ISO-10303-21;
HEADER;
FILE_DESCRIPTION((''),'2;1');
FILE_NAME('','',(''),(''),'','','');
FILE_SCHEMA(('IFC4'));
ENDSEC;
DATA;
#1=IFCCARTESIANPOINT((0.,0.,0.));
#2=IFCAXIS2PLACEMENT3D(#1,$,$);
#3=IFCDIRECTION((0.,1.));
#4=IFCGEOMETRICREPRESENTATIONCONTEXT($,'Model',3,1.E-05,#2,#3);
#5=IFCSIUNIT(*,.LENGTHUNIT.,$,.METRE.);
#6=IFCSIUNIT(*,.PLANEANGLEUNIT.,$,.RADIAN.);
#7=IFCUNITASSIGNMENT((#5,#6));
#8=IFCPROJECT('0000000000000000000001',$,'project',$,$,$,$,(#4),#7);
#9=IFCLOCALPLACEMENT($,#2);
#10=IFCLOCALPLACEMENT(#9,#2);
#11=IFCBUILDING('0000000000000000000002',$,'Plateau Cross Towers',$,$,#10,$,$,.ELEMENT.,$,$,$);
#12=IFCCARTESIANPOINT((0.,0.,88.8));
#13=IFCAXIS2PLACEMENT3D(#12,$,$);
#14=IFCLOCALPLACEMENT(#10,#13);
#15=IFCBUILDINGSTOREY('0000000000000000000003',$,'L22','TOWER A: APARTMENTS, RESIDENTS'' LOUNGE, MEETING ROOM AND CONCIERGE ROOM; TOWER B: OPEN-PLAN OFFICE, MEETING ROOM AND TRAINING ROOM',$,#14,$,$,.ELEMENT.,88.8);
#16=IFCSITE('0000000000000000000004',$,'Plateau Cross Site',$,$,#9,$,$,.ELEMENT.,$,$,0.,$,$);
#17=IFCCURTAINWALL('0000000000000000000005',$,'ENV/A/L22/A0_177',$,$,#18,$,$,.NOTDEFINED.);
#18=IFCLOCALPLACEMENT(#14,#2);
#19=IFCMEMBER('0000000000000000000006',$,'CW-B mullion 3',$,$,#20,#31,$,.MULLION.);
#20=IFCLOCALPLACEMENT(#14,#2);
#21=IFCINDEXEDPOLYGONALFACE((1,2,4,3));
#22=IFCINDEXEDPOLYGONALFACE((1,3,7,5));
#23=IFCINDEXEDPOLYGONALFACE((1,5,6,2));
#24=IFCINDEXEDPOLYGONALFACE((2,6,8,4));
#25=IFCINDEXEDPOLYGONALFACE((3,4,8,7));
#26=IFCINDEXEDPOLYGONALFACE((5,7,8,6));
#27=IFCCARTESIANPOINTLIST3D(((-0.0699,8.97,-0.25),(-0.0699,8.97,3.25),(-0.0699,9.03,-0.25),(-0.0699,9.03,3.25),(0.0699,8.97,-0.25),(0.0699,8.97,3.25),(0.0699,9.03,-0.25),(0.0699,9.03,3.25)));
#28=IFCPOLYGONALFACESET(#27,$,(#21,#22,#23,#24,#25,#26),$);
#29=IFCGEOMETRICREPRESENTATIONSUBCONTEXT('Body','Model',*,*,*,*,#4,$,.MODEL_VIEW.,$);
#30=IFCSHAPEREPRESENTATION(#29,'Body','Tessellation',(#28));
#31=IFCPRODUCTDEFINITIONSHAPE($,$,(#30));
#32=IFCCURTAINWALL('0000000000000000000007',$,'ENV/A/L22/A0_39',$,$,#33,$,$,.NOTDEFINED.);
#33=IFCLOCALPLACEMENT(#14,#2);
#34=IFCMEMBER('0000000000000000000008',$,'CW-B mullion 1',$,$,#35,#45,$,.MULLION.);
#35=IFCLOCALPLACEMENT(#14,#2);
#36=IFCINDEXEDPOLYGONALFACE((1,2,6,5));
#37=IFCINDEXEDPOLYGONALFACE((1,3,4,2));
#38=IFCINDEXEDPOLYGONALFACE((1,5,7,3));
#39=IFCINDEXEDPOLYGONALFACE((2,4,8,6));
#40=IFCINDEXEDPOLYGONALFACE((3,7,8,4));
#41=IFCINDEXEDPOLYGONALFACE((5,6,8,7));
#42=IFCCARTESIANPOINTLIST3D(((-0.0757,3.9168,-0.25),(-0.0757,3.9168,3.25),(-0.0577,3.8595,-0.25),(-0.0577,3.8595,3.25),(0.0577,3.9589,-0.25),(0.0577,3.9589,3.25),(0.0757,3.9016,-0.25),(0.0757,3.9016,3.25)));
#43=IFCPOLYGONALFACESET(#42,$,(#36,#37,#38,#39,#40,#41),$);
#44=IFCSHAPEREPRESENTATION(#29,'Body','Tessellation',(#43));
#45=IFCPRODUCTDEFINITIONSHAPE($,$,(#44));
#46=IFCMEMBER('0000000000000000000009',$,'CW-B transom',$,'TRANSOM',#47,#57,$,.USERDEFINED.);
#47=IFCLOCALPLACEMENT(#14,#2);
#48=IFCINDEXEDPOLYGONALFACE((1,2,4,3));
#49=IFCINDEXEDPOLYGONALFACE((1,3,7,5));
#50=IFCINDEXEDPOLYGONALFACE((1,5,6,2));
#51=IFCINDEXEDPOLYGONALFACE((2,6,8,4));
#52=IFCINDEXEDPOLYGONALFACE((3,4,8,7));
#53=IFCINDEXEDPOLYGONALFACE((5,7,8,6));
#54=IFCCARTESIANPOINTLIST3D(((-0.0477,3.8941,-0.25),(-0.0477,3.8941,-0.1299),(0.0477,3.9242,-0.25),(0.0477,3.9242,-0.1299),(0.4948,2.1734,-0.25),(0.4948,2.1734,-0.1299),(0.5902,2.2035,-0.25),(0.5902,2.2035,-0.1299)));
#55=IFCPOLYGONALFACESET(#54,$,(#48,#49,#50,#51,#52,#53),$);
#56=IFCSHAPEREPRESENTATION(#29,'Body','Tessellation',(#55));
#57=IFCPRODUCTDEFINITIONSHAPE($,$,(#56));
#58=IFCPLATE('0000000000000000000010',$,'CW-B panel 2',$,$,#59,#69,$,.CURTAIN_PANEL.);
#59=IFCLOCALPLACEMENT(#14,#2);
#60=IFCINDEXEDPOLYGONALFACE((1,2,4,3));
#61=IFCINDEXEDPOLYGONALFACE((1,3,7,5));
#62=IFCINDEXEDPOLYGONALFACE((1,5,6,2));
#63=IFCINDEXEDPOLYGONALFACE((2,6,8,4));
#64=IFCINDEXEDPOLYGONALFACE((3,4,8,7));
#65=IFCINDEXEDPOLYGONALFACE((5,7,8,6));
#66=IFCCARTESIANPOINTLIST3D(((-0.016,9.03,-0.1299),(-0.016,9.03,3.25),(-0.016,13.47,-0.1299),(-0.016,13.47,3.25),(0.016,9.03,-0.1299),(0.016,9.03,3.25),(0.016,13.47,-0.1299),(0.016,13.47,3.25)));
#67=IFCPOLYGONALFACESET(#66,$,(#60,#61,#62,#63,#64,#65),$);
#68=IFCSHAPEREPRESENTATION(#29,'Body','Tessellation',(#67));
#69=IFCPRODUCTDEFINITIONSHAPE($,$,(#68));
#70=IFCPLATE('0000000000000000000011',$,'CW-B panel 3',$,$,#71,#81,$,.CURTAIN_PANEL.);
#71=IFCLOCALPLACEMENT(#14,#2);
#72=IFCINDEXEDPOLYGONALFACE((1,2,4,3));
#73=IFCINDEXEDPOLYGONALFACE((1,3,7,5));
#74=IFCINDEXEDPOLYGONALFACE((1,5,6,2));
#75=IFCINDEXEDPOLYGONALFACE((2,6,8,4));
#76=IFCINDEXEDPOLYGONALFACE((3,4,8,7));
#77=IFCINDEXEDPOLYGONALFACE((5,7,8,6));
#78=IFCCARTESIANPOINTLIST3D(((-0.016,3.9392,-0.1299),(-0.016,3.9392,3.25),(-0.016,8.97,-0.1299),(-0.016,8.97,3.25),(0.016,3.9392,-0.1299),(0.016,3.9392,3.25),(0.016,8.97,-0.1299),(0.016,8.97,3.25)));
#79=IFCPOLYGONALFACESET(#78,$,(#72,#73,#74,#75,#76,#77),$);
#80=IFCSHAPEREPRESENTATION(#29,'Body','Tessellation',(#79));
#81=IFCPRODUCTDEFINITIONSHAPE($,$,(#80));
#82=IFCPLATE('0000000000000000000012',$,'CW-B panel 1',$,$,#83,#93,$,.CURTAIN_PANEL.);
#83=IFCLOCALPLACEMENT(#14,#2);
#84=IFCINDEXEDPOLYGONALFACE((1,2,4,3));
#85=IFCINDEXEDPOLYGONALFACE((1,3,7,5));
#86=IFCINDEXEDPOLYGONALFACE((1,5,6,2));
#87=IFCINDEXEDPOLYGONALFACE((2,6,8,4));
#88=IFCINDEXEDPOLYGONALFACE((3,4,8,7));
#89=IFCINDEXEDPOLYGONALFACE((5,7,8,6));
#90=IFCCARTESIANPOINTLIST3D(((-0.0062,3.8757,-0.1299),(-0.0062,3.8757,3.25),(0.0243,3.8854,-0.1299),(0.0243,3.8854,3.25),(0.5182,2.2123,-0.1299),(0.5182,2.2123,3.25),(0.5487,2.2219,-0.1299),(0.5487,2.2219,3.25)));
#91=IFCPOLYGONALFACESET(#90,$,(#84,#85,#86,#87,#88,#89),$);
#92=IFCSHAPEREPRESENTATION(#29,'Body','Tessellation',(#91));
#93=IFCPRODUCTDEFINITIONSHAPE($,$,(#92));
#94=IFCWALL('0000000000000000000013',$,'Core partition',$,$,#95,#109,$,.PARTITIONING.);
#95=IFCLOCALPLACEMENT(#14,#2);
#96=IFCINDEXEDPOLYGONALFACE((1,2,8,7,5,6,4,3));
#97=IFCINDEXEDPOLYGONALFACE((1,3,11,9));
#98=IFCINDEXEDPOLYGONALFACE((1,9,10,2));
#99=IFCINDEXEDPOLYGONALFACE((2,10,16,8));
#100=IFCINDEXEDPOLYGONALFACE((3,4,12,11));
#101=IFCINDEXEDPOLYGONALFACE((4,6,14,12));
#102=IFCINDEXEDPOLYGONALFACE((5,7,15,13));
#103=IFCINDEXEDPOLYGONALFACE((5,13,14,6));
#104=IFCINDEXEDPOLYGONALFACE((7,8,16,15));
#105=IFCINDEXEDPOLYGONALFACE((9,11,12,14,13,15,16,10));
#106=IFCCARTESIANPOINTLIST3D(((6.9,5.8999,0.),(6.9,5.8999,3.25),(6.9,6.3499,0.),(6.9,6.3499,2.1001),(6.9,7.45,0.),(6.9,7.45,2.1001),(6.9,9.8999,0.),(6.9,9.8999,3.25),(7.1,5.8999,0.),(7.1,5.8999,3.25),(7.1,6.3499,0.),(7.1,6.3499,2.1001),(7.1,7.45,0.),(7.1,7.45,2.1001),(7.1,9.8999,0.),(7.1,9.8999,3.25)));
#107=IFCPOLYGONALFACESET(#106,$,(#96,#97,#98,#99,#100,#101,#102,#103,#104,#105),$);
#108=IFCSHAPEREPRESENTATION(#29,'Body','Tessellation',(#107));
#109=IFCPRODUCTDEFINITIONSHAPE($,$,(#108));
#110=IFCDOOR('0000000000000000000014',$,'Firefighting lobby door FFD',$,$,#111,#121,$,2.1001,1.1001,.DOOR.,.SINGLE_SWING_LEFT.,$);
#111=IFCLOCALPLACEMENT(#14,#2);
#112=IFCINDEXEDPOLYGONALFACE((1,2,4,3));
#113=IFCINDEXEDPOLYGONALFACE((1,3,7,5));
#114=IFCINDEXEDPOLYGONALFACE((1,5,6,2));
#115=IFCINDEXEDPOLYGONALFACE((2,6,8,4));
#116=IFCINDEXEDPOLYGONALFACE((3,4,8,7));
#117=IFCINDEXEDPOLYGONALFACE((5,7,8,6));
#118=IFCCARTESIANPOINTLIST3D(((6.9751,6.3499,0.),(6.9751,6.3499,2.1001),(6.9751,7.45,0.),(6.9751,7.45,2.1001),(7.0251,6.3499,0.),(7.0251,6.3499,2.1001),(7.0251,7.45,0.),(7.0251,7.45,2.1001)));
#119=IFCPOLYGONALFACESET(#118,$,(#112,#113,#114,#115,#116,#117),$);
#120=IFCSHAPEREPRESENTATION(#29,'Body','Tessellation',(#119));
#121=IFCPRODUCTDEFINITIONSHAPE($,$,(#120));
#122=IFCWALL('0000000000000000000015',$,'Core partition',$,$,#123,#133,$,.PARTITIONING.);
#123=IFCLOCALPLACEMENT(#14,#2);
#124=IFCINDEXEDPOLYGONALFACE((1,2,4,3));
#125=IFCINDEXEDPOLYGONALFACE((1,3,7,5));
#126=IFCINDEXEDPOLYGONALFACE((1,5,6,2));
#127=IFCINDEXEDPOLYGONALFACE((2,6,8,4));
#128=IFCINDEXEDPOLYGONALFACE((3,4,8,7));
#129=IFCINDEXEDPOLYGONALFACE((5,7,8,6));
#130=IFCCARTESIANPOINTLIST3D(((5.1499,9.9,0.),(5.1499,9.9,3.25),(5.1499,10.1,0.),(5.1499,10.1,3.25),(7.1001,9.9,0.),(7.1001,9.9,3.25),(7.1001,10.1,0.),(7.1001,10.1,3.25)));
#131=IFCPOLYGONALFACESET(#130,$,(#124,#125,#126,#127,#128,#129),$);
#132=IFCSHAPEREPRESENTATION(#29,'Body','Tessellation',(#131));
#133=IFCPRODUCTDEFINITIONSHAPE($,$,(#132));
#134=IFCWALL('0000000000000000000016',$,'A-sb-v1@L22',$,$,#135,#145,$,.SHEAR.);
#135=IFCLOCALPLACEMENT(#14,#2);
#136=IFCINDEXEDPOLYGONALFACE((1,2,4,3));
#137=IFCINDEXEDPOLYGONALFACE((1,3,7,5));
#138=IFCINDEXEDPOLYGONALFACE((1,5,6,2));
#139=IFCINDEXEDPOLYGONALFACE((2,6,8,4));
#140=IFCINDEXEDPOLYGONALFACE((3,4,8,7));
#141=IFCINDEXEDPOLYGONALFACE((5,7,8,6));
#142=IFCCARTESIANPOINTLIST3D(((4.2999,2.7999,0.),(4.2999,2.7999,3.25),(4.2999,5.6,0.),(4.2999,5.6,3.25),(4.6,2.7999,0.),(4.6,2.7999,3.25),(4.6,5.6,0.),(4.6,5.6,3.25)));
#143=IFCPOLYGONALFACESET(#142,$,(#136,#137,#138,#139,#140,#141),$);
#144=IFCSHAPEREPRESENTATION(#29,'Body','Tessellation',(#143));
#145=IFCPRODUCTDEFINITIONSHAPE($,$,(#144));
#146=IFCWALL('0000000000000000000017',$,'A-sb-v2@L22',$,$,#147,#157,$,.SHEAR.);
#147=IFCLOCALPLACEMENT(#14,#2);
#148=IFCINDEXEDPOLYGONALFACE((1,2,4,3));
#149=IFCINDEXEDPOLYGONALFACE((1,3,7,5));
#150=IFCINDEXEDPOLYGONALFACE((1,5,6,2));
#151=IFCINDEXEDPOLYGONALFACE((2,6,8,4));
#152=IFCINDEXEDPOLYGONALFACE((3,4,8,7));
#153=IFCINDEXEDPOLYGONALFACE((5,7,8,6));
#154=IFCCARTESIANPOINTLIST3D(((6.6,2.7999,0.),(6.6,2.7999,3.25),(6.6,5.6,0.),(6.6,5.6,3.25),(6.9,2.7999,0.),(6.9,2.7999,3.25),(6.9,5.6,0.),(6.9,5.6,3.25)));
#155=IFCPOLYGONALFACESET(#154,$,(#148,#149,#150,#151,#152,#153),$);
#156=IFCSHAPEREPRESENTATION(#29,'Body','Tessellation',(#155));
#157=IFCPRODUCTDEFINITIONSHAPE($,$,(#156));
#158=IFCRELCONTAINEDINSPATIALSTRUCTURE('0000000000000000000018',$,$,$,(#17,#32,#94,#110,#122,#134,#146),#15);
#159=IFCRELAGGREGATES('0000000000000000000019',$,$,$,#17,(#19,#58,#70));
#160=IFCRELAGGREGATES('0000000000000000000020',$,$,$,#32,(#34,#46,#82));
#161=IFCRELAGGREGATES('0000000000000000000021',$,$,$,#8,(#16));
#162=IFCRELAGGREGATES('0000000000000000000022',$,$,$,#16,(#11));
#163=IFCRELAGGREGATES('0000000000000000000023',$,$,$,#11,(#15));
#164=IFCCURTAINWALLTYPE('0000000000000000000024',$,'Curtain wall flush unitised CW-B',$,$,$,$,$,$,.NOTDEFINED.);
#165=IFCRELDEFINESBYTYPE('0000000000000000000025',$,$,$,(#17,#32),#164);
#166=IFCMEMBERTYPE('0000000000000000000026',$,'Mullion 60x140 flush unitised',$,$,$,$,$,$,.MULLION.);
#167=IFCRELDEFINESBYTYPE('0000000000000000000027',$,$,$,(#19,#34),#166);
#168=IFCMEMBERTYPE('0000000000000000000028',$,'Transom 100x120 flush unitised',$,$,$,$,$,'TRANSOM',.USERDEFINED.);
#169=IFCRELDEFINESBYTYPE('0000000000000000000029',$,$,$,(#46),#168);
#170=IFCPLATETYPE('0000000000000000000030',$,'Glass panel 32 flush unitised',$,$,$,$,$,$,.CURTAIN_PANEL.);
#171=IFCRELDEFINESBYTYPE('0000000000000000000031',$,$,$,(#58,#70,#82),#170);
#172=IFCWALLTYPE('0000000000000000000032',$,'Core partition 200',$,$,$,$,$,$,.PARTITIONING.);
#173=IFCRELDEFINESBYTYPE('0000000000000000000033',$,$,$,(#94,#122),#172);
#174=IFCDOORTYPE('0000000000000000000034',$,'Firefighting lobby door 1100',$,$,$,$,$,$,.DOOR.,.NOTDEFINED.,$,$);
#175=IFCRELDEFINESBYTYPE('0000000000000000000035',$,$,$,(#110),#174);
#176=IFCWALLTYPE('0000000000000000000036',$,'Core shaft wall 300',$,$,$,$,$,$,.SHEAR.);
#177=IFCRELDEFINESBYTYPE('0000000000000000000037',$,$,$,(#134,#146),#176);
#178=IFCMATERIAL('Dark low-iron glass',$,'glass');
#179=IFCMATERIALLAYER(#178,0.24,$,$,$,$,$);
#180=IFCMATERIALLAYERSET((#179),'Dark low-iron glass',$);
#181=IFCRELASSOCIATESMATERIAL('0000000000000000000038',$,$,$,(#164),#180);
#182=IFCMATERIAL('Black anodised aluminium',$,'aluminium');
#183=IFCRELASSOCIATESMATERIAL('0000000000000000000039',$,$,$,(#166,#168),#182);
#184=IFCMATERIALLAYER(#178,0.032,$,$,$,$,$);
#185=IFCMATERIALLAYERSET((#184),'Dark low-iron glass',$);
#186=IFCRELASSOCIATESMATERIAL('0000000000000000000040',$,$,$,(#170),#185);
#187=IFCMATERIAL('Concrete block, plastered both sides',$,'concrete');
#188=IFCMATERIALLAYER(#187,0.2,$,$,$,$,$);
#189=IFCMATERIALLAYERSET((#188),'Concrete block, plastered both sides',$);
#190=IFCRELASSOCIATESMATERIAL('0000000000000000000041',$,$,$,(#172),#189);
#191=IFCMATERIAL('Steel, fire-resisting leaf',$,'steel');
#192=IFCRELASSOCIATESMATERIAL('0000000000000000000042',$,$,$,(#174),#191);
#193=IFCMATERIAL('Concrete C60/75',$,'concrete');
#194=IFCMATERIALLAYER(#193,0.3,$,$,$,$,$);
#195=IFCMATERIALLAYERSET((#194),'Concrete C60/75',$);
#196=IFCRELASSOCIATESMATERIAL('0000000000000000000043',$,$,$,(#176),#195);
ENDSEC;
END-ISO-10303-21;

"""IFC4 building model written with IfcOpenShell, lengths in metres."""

from ifc_helpers import new_model, si_unit, direction, frame, frame_2d, origin, origin_2d, place, context, subcontext, project, spatial, rectangle, extrude, material, layer, layer_set, material_profile, profile_set, type_object, element, fill, aggregate, save


model = new_model("IFC4")

# Units and contexts
model_context = context("Model", 3, precision=1e-05, world=origin(), true_north=direction((0.0, 1.0)))
body_context = subcontext(model_context, "Body", "Model", "MODEL_VIEW")
ifc_project = project(units=[si_unit("LENGTHUNIT", "METRE"), si_unit("PLANEANGLEUNIT", "RADIAN")], contexts=[model_context])

# Site, building, storey
site_placement = place(None, origin())
site = spatial("IfcSite", under=ifc_project, at=site_placement, Name="Plateau Cross Site", CompositionType="ELEMENT", RefElevation=0.0)
building_placement = place(site_placement, origin())
building = spatial("IfcBuilding", under=site, at=building_placement, Name="Plateau Cross Towers", CompositionType="ELEMENT")
storey_placement = place(building_placement, frame((0.0, 0.0, 88.8)))
storey = spatial("IfcBuildingStorey", under=building, at=storey_placement, Name="L22", Description="TOWER A: APARTMENTS, RESIDENTS' LOUNGE, MEETING ROOM AND CONCIERGE ROOM; TOWER B: OPEN-PLAN OFFICE, MEETING ROOM AND TRAINING ROOM", CompositionType="ELEMENT", Elevation=88.8)

# Curtain wall, member
ifc_material_1 = material(Name="Dark low-iron glass", Category="glass")
ifc_layer_1 = layer(ifc_material_1, 0.24)
ifc_layer_set_1 = layer_set([ifc_layer_1], Name="Dark low-iron glass")
curtain_wall_type = type_object("IfcCurtainWallType", Name="Curtain wall flush unitised CW-B", PredefinedType="NOTDEFINED", material=ifc_layer_set_1)
curtain_wall_1_placement = place(storey_placement, origin())
curtain_wall_1 = element("IfcCurtainWall", 1, at=curtain_wall_1_placement, inside=storey, type_object=curtain_wall_type, Name="ENV/A/L22/A0_177", PredefinedType="NOTDEFINED")
ifc_material_2 = material(Name="Black anodised aluminium", Category="aluminium")
ifc_material_profile_1 = material_profile(ifc_material_2, rectangle(XDim=0.0601, YDim=0.1399, at=origin_2d()), Name="MULLION 60x140")
ifc_profile_set_1 = profile_set([ifc_material_profile_1], Name="Black anodised aluminium")
member_type_1 = type_object("IfcMemberType", Name="Mullion 60x140 flush unitised", PredefinedType="MULLION", material=ifc_profile_set_1)
member_1_placement = place(storey_placement, frame((0.0, 9.0, -0.25), z_axis=(0.0, 0.0, 1.0), x_axis=(0.0, -1.0, 0.0)))
member_1 = element("IfcMember", 2, at=member_1_placement, type_object=member_type_1, Name="CW-B mullion 3", PredefinedType="MULLION", context=body_context, shape_type="SweptSolid", body=[
    extrude(rectangle(XDim=0.0601, YDim=0.1399, at=origin_2d()), origin(), (0.0, 0.0, 1.0), 3.5),
])

# Curtain wall, members
curtain_wall_2_placement = place(storey_placement, origin())
curtain_wall_2 = element("IfcCurtainWall", 3, at=curtain_wall_2_placement, inside=storey, type_object=curtain_wall_type, Name="ENV/A/L22/A0_39", PredefinedType="NOTDEFINED")
member_2_placement = place(storey_placement, frame((0.0, 3.9092, -0.25), z_axis=(0.0, 0.0, 1.0), x_axis=(0.300686, -0.953723, 0.0)))
member_2 = element("IfcMember", 4, at=member_2_placement, type_object=member_type_1, Name="CW-B mullion 1", PredefinedType="MULLION", context=body_context, shape_type="SweptSolid", body=[
    extrude(rectangle(XDim=0.0601, YDim=0.1399, at=origin_2d()), origin(), (0.0, 0.0, 1.0), 3.5),
])
ifc_material_profile_2 = material_profile(ifc_material_2, rectangle(XDim=0.1001, YDim=0.1201, at=origin_2d()), Name="TRANSOM 100x120")
ifc_profile_set_2 = profile_set([ifc_material_profile_2], Name="Black anodised aluminium")
member_type_2 = type_object("IfcMemberType", Name="Transom 100x120 flush unitised", ElementType="TRANSOM", PredefinedType="USERDEFINED", material=ifc_profile_set_2)
member_3_placement = place(storey_placement, frame((0.0, 3.9092, -0.1899), z_axis=(0.300678, -0.953726, 0.0), x_axis=(0.953726, 0.300678, 0.0)))
member_3 = element("IfcMember", 5, at=member_3_placement, type_object=member_type_2, Name="CW-B transom", ObjectType="TRANSOM", PredefinedType="USERDEFINED", context=body_context, shape_type="SweptSolid", body=[
    extrude(rectangle(XDim=0.1001, YDim=0.1201, at=origin_2d()), origin(), (0.0, 0.0, 1.0), 1.8042),
])

# Plates
ifc_layer_2 = layer(ifc_material_1, 0.032)
ifc_layer_set_2 = layer_set([ifc_layer_2], Name="Dark low-iron glass")
plate_type = type_object("IfcPlateType", Name="Glass panel 32 flush unitised", PredefinedType="CURTAIN_PANEL", material=ifc_layer_set_2)
plate_1_placement = place(storey_placement, frame((0.0, 11.25, -0.1299), z_axis=(0.0, 0.0, 1.0), x_axis=(0.0, -1.0, 0.0)))
plate_1 = element("IfcPlate", 6, at=plate_1_placement, type_object=plate_type, Name="CW-B panel 2", PredefinedType="CURTAIN_PANEL", context=body_context, shape_type="SweptSolid", body=[
    extrude(rectangle(XDim=4.4399, YDim=0.032, at=origin_2d()), origin(), (0.0, 0.0, 1.0), 3.3799),
])
plate_2_placement = place(storey_placement, frame((0.0, 6.4546, -0.1299), z_axis=(0.0, 0.0, 1.0), x_axis=(0.0, -1.0, 0.0)))
plate_2 = element("IfcPlate", 7, at=plate_2_placement, type_object=plate_type, Name="CW-B panel 3", PredefinedType="CURTAIN_PANEL", context=body_context, shape_type="SweptSolid", body=[
    extrude(rectangle(XDim=5.0308, YDim=0.032, at=origin_2d()), origin(), (0.0, 0.0, 1.0), 3.3799),
])
aggregate(curtain_wall_1, [member_1, plate_1, plate_2])
plate_3_placement = place(storey_placement, frame((0.2712, 3.0488, -0.1299), z_axis=(0.0, 0.0, 1.0), x_axis=(0.300686, -0.953723, 0.0)))
plate_3 = element("IfcPlate", 8, at=plate_3_placement, type_object=plate_type, Name="CW-B panel 1", PredefinedType="CURTAIN_PANEL", context=body_context, shape_type="SweptSolid", body=[
    extrude(rectangle(XDim=1.7441, YDim=0.032, at=origin_2d()), origin(), (0.0, 0.0, 1.0), 3.3799),
])
aggregate(curtain_wall_2, [member_2, member_3, plate_3])

# Wall, opening, door
ifc_material_3 = material(Name="Concrete block, plastered both sides", Category="concrete")
ifc_layer_3 = layer(ifc_material_3, 0.2)
ifc_layer_set_3 = layer_set([ifc_layer_3], Name="Concrete block, plastered both sides")
wall_type_1 = type_object("IfcWallType", Name="Core partition 200", PredefinedType="PARTITIONING", material=ifc_layer_set_3)
wall_1_placement = place(storey_placement, frame((7.0, 5.8999, 0.0), z_axis=(0.0, 0.0, 1.0), x_axis=(0.0, 1.0, 0.0)))
wall_1 = element("IfcWall", 9, at=wall_1_placement, inside=storey, type_object=wall_type_1, Name="Core partition", PredefinedType="PARTITIONING", context=body_context, shape_type="SweptSolid", body=[
    extrude(rectangle(XDim=4.0, YDim=0.2, at=frame_2d((2.0, 0.0))), origin(), (0.0, 0.0, 1.0), 3.25),
])
opening_1_placement = place(wall_1_placement, frame((0.45, 0.0, 0.0)))
opening_1 = element("IfcOpeningElement", 10, at=opening_1_placement, cuts=wall_1, PredefinedType="OPENING", context=body_context, shape_type="SweptSolid", body=[
    extrude(rectangle(XDim=1.1001, YDim=2.1001, at=frame_2d((0.55, 1.05))), frame((0.0, 0.1099, 0.0), z_axis=(0.0, -1.0, 0.0), x_axis=(1.0, 0.0, 0.0)), (0.0, 0.0, 1.0), 0.22),
])
ifc_material_4 = material(Name="Steel, fire-resisting leaf", Category="steel")
door_type_1 = type_object("IfcDoorType", Name="Firefighting lobby door 1100", OperationType="NOTDEFINED", PredefinedType="DOOR", material=ifc_material_4)
door_1_placement = place(opening_1_placement, origin())
door_1 = element("IfcDoor", 11, at=door_1_placement, inside=storey, type_object=door_type_1, Name="Firefighting lobby door FFD", OperationType="SINGLE_SWING_LEFT", OverallHeight=2.1001, OverallWidth=1.1001, PredefinedType="DOOR", context=body_context, shape_type="SweptSolid", body=[
    extrude(rectangle(XDim=1.1001, YDim=2.1001, at=frame_2d((0.55, 1.05))), frame((0.0, 0.0249, 0.0), z_axis=(0.0, -1.0, 0.0), x_axis=(1.0, 0.0, 0.0)), (0.0, 0.0, 1.0), 0.05),
])
fill(opening_1, door_1)

# Walls
wall_2_placement = place(storey_placement, frame((5.1499, 10.0, 0.0), z_axis=(0.0, 0.0, 1.0), x_axis=(1.0, 0.0, 0.0)))
element("IfcWall", 12, at=wall_2_placement, inside=storey, type_object=wall_type_1, Name="Core partition", PredefinedType="PARTITIONING", context=body_context, shape_type="SweptSolid", body=[
    extrude(rectangle(XDim=1.9502, YDim=0.2, at=frame_2d((0.9751, 0.0))), origin(), (0.0, 0.0, 1.0), 3.25),
])
ifc_material_5 = material(Name="Concrete C60/75", Category="concrete")
ifc_layer_4 = layer(ifc_material_5, 0.3)
ifc_layer_set_4 = layer_set([ifc_layer_4], Name="Concrete C60/75")
wall_type_2 = type_object("IfcWallType", Name="Core shaft wall 300", PredefinedType="SHEAR", material=ifc_layer_set_4)
for number, where, z_axis, x_axis, name in (
    (13, (4.45, 2.8, 0.0), (0.0, 0.0, 1.0), (0.0, 1.0, 0.0), "A-sb-v1@L22"),
    (14, (6.75, 2.8, 0.0), (0.0, 0.0, 1.0), (0.0, 1.0, 0.0), "A-sb-v2@L22"),
):
    element("IfcWall", number, at=place(storey_placement, frame(where, z_axis=z_axis, x_axis=x_axis)), inside=storey, type_object=wall_type_2, Name=name, PredefinedType="SHEAR", context=body_context, shape_type="SweptSolid", body=[
        extrude(rectangle(XDim=2.8, YDim=0.3, at=frame_2d((1.3999, 0.0))), origin(), (0.0, 0.0, 1.0), 3.25),
    ])

save(model, "model.ifc")
